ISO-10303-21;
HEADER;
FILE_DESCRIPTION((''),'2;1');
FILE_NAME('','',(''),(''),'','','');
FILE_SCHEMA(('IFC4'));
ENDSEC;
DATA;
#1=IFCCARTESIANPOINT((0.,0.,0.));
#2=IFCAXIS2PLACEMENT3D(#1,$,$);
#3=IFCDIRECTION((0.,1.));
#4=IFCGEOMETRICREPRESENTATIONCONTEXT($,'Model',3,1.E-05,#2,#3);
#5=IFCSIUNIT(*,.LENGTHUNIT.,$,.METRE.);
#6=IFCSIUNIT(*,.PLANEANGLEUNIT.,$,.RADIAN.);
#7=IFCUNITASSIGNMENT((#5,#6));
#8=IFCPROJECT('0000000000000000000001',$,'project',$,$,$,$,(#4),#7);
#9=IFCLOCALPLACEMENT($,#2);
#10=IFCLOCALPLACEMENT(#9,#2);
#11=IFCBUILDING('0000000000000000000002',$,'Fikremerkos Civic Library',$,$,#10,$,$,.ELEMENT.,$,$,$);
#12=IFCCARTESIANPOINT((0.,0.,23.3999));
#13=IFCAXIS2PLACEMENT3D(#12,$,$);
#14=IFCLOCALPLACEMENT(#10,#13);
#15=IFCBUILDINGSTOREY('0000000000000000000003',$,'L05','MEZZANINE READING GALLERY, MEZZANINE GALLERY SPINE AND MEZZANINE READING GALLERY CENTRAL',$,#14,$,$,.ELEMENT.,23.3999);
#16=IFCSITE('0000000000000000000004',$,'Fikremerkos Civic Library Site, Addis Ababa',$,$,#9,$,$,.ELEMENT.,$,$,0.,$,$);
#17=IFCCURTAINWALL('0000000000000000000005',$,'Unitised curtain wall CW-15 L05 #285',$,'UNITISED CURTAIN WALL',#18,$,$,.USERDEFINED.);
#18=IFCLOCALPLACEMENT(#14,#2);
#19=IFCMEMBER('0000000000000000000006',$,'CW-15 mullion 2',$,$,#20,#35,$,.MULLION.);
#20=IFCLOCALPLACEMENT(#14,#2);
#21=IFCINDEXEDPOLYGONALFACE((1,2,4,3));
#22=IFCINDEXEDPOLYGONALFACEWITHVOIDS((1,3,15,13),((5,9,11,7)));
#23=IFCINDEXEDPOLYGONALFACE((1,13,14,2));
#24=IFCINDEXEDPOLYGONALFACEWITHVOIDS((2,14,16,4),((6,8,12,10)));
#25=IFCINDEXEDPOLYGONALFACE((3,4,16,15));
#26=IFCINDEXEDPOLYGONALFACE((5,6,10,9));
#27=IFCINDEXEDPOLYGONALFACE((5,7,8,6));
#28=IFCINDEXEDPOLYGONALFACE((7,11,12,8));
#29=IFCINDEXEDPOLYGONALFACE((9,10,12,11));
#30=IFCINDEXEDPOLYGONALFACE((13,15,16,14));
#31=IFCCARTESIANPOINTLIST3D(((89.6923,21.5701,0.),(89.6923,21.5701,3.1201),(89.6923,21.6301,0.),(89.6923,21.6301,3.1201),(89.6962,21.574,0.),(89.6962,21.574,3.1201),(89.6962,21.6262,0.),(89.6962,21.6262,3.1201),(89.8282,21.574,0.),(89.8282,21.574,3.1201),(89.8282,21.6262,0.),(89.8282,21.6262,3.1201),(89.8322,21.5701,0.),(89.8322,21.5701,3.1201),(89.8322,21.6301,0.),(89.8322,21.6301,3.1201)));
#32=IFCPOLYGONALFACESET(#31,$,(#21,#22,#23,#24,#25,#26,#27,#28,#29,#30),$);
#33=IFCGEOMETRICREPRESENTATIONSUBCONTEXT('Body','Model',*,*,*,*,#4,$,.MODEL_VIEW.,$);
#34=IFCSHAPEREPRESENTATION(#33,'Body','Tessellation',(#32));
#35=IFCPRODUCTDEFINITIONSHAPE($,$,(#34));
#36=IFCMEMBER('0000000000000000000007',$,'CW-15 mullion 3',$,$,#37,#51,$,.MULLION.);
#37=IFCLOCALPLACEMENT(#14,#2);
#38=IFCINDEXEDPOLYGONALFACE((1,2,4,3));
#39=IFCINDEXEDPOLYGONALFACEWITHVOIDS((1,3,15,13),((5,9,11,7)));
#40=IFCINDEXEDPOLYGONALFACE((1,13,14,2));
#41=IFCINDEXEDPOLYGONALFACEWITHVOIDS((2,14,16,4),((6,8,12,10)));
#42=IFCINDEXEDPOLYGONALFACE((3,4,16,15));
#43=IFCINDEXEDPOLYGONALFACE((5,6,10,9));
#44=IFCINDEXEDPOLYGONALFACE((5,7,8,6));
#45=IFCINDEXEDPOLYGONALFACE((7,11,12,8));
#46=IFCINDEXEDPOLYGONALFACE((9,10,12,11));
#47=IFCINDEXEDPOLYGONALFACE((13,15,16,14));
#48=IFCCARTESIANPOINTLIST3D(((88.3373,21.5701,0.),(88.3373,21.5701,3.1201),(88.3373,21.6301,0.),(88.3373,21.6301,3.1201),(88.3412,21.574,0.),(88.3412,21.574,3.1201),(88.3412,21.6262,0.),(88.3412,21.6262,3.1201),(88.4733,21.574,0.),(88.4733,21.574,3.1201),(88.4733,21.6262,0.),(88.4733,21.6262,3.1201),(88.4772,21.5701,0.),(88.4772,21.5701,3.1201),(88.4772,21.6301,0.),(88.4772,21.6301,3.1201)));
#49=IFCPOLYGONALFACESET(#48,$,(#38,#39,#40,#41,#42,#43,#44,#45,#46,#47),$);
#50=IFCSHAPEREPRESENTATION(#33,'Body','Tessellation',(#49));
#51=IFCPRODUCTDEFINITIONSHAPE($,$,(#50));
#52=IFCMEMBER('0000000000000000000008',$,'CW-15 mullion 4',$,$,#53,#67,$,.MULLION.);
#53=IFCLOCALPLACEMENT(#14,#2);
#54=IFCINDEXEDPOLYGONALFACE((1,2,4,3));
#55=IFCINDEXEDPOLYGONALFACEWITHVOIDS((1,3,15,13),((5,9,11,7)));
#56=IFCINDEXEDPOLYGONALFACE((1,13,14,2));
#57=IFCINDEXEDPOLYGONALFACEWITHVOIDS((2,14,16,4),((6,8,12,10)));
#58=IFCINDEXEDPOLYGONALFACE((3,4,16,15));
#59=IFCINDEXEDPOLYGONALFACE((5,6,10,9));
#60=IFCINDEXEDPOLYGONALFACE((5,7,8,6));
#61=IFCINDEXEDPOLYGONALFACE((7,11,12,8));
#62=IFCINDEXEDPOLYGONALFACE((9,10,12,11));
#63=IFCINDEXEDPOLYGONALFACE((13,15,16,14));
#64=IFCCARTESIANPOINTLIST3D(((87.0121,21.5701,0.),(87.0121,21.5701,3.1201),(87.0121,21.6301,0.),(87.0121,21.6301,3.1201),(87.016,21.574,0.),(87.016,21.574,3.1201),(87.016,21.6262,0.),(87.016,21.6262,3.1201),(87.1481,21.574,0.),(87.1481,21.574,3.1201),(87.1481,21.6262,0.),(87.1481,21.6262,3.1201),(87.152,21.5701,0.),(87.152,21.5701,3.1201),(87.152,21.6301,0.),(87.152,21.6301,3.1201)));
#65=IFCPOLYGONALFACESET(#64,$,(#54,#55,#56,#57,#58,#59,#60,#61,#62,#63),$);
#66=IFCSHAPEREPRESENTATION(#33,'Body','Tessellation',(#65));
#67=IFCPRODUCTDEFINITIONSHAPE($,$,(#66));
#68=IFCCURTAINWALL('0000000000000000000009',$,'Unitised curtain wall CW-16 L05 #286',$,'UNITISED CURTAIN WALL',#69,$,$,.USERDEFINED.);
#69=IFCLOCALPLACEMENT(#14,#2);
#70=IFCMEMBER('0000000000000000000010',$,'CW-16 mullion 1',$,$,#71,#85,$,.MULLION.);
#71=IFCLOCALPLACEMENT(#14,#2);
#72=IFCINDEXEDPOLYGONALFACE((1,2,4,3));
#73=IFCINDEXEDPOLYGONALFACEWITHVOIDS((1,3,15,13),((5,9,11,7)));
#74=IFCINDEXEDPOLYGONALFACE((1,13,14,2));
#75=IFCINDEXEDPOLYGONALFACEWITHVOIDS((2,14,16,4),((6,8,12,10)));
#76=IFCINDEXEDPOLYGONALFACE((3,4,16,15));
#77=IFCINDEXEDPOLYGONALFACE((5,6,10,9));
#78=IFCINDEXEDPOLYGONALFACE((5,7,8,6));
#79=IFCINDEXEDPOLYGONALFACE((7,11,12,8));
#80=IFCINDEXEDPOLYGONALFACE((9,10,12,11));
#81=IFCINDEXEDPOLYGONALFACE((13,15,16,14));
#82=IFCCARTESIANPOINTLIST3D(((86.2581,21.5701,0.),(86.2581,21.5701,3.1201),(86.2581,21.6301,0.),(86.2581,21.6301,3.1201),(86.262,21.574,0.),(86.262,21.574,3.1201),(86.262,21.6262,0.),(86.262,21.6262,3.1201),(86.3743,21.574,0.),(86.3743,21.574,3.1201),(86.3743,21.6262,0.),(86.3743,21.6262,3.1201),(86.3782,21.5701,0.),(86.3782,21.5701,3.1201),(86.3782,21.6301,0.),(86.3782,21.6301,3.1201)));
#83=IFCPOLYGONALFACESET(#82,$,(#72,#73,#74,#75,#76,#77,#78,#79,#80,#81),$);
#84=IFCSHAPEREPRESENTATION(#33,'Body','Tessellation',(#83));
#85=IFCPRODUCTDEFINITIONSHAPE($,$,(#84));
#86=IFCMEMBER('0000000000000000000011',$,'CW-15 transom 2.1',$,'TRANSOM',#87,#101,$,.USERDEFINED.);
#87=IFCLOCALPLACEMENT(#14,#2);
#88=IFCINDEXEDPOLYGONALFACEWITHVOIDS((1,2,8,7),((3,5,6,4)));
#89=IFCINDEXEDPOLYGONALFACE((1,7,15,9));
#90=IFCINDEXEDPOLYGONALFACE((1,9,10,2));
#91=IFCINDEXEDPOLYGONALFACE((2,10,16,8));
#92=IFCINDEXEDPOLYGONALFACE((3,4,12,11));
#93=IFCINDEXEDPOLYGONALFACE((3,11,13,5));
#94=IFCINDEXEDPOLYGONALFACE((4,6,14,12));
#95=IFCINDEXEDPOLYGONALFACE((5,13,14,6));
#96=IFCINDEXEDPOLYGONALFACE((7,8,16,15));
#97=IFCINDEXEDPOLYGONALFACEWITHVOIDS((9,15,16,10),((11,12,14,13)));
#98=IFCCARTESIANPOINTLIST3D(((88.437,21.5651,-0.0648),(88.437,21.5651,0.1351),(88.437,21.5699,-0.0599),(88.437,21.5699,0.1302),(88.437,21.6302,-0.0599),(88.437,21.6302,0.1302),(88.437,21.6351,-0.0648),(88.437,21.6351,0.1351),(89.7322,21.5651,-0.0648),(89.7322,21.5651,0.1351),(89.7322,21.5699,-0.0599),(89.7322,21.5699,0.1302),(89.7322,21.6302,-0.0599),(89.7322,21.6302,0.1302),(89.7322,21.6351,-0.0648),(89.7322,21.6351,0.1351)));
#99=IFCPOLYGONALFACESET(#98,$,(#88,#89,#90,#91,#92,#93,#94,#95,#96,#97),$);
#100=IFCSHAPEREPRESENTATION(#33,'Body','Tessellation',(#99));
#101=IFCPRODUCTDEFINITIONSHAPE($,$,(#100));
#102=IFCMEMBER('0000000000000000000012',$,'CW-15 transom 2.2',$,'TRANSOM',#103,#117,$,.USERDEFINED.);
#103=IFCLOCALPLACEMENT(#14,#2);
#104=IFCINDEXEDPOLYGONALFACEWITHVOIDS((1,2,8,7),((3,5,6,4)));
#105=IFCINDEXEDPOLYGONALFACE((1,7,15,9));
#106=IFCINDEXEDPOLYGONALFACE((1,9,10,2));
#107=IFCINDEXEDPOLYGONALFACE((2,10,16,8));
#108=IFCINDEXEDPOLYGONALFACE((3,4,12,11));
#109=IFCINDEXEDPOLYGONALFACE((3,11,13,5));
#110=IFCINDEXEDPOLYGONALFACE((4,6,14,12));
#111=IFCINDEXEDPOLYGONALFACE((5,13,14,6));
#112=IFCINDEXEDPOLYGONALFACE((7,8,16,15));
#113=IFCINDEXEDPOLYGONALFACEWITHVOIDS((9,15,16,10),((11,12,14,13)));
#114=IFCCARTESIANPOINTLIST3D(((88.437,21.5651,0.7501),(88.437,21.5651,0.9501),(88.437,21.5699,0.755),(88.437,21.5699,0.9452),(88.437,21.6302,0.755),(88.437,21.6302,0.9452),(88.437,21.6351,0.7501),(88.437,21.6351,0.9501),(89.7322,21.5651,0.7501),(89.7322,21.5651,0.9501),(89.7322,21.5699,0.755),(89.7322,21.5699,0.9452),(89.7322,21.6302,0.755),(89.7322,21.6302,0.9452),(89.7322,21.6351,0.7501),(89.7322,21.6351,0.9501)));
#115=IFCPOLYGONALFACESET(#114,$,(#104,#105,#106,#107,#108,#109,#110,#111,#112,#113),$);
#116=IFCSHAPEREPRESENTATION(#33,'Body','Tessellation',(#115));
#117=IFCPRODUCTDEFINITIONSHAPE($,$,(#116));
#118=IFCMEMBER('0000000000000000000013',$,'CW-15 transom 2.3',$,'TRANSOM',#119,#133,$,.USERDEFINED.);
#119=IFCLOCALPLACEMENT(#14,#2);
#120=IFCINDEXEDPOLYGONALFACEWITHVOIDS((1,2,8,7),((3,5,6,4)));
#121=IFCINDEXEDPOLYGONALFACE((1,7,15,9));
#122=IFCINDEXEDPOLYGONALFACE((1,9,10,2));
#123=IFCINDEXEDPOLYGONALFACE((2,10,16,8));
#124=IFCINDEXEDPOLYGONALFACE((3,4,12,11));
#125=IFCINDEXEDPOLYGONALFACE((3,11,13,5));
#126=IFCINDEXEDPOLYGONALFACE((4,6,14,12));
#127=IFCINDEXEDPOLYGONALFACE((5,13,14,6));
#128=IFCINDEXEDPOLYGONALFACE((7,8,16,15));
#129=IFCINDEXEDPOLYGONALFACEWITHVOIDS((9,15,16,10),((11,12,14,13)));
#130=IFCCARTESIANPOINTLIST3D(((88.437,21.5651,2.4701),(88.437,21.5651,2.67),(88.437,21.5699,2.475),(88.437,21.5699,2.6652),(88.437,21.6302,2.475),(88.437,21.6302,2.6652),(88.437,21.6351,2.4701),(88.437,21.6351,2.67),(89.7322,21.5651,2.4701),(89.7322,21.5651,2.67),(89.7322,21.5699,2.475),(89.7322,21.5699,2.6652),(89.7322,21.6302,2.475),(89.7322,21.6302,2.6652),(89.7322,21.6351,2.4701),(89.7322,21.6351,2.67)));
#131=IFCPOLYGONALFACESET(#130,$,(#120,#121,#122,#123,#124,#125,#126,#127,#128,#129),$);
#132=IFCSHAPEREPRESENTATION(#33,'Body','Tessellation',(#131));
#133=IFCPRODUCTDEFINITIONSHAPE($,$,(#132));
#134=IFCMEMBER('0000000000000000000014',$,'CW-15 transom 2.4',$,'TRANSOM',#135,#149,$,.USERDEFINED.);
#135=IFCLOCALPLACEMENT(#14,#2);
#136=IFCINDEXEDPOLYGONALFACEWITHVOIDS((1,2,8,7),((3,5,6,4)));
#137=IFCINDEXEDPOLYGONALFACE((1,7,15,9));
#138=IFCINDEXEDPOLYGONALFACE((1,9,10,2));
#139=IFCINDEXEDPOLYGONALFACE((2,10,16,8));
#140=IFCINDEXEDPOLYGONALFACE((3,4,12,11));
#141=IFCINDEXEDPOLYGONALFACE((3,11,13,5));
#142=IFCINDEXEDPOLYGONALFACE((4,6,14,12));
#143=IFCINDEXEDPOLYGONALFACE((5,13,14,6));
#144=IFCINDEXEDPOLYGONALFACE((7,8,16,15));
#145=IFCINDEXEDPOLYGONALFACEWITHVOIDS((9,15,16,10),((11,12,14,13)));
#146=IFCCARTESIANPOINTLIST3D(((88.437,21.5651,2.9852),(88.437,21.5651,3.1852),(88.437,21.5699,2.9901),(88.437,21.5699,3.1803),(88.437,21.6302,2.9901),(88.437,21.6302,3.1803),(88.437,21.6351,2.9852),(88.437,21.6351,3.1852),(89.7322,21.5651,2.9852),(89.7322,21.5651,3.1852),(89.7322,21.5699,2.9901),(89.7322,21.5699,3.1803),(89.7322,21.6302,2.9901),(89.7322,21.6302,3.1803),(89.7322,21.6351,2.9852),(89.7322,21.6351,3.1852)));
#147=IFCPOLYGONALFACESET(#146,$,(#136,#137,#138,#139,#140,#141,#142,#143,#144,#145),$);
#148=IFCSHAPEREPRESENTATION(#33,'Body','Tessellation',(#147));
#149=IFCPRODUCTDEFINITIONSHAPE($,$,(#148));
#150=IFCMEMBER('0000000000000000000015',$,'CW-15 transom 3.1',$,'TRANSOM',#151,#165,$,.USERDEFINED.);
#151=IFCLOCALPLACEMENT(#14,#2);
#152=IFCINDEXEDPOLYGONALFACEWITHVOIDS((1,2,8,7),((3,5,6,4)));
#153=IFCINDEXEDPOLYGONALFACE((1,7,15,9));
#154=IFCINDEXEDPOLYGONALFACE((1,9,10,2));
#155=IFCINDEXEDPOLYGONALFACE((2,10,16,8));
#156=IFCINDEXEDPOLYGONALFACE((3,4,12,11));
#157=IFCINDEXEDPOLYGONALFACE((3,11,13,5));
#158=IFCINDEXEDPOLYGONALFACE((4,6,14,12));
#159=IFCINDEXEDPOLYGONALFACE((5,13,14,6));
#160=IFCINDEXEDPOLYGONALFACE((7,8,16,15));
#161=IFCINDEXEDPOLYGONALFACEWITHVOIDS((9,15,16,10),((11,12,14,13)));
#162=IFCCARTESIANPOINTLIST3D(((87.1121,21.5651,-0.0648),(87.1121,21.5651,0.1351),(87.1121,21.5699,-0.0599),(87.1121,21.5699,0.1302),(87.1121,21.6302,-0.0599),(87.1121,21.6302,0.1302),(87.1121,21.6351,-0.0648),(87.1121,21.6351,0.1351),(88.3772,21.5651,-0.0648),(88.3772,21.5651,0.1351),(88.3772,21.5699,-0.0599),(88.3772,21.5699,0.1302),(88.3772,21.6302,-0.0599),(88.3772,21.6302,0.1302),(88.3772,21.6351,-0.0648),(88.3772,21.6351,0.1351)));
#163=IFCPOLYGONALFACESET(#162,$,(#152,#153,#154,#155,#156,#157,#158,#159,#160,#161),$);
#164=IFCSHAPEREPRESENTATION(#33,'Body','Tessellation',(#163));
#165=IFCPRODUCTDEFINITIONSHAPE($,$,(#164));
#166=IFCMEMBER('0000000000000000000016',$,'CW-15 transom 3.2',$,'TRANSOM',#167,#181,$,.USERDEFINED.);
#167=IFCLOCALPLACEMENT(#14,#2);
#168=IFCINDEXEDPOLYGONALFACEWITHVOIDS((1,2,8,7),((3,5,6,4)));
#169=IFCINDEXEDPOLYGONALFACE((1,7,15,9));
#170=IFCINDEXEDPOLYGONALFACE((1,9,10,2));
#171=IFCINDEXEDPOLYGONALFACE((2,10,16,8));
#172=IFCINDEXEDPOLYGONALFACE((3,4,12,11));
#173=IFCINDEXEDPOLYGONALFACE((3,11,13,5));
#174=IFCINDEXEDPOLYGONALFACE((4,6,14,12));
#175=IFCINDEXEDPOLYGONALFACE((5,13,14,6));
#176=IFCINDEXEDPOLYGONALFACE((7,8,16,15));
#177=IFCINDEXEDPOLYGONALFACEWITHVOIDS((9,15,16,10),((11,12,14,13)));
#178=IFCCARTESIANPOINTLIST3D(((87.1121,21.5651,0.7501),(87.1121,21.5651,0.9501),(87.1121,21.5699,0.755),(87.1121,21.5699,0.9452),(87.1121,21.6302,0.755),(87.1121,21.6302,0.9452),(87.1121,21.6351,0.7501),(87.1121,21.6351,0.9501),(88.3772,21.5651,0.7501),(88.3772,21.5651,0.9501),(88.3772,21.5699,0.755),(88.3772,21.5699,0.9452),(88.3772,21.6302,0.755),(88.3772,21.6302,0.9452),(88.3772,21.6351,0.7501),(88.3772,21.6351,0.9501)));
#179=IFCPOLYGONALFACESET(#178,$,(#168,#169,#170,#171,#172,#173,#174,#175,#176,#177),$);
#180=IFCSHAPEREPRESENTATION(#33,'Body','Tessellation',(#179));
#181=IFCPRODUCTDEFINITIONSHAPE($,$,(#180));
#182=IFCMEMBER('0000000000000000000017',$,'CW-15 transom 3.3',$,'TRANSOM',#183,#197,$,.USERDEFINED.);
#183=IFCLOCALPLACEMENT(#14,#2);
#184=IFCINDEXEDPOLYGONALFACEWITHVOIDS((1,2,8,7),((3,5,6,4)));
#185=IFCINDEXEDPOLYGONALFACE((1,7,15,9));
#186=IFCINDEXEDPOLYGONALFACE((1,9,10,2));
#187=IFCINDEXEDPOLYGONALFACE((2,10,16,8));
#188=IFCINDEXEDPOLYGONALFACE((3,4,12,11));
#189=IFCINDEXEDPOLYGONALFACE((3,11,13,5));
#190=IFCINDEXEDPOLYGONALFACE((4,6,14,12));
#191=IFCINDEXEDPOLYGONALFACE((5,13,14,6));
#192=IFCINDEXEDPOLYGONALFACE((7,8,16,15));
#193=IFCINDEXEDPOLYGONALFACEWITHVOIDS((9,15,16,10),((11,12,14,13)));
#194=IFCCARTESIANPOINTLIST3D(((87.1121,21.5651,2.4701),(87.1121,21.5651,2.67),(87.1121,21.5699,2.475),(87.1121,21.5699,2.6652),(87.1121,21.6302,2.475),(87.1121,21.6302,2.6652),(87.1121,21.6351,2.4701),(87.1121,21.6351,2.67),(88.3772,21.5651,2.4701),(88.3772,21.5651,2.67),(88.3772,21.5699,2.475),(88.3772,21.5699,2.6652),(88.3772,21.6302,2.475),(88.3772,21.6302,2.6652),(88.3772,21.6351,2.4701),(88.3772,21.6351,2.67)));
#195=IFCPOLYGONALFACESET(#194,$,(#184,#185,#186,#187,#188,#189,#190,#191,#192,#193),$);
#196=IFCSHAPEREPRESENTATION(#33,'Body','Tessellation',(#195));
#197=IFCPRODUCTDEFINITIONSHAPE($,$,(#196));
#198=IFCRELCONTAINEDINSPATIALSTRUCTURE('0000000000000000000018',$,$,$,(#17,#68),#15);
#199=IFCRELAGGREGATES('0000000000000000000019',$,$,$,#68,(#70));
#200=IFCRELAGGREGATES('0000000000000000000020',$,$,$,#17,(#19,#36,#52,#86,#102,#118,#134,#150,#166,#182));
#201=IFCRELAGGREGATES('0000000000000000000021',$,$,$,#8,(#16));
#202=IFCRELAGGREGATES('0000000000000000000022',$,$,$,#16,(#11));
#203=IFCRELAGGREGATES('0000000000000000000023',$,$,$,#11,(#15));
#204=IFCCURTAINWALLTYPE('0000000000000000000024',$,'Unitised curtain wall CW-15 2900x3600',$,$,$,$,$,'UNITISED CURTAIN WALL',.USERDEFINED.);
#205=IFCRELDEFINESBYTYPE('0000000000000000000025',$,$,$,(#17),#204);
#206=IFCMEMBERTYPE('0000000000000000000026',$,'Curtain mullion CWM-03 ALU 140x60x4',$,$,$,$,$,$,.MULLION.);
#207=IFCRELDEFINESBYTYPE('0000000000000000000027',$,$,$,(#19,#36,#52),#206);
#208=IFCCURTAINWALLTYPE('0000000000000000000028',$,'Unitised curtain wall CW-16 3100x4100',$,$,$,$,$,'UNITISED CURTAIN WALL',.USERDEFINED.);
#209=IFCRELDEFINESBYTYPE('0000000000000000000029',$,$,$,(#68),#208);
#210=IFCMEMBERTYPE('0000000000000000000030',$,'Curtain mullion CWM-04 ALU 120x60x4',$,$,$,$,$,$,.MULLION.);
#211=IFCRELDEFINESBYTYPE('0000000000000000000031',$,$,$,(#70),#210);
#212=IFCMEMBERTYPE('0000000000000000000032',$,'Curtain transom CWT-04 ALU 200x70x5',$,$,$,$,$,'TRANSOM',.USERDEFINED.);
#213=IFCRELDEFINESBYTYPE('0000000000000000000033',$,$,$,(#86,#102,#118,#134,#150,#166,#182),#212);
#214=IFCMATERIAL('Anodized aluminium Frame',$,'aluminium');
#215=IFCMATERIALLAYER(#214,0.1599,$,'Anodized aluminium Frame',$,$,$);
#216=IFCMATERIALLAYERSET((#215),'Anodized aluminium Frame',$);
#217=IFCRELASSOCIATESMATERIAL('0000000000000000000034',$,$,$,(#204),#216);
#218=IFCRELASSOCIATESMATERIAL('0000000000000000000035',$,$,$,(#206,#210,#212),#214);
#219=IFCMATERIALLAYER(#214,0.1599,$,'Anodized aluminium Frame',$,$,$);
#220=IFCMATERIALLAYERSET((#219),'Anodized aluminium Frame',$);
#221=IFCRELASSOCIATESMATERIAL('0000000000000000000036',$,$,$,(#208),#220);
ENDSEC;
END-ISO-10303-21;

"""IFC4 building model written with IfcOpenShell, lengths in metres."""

from ifc_helpers import new_model, si_unit, direction, frame, origin, origin_2d, place, context, subcontext, project, spatial, hollow_rectangle, extrude, material, layer, layer_set, material_profile, profile_set, type_object, element, aggregate, save


model = new_model("IFC4")

# Units and contexts
model_context = context("Model", 3, precision=1e-05, world=origin(), true_north=direction((0.0, 1.0)))
body_context = subcontext(model_context, "Body", "Model", "MODEL_VIEW")
ifc_project = project(units=[si_unit("LENGTHUNIT", "METRE"), si_unit("PLANEANGLEUNIT", "RADIAN")], contexts=[model_context])

# Site, building, storey
site_placement = place(None, origin())
site = spatial("IfcSite", under=ifc_project, at=site_placement, Name="Fikremerkos Civic Library Site, Addis Ababa", CompositionType="ELEMENT", RefElevation=0.0)
building_placement = place(site_placement, origin())
building = spatial("IfcBuilding", under=site, at=building_placement, Name="Fikremerkos Civic Library", CompositionType="ELEMENT")
storey_placement = place(building_placement, frame((0.0, 0.0, 23.3999)))
storey = spatial("IfcBuildingStorey", under=building, at=storey_placement, Name="L05", Description="MEZZANINE READING GALLERY, MEZZANINE GALLERY SPINE AND MEZZANINE READING GALLERY CENTRAL", CompositionType="ELEMENT", Elevation=23.3999)

# Curtain wall, members
ifc_material_1 = material(Name="Anodized aluminium Frame", Category="aluminium")
ifc_layer_1 = layer(ifc_material_1, 0.1599, Name="Anodized aluminium Frame")
ifc_layer_set_1 = layer_set([ifc_layer_1], Name="Anodized aluminium Frame")
curtain_wall_type_1 = type_object("IfcCurtainWallType", Name="Unitised curtain wall CW-15 2900x3600", ElementType="UNITISED CURTAIN WALL", PredefinedType="USERDEFINED", material=ifc_layer_set_1)
curtain_wall_1_placement = place(storey_placement, origin())
curtain_wall_1 = element("IfcCurtainWall", 1, at=curtain_wall_1_placement, inside=storey, type_object=curtain_wall_type_1, Name="Unitised curtain wall CW-15 L05 #285", ObjectType="UNITISED CURTAIN WALL", PredefinedType="USERDEFINED")
ifc_material_profile_1 = material_profile(ifc_material_1, hollow_rectangle(XDim=0.0601, YDim=0.1399, WallThickness=0.0039, at=origin_2d()), Name="ALU 140x60x4")
ifc_profile_set_1 = profile_set([ifc_material_profile_1], Name="Anodized aluminium Frame")
member_type_1 = type_object("IfcMemberType", Name="Curtain mullion CWM-03 ALU 140x60x4", PredefinedType="MULLION", material=ifc_profile_set_1)
member_1_placement = place(storey_placement, frame((89.7622, 21.6001, 0.0), z_axis=(0.0, 0.0, 1.0), x_axis=(0.0, -1.0, 0.0)))
member_1 = element("IfcMember", 2, at=member_1_placement, type_object=member_type_1, Name="CW-15 mullion 2", PredefinedType="MULLION", context=body_context, shape_type="SweptSolid", body=[
    extrude(hollow_rectangle(XDim=0.0601, YDim=0.1399, WallThickness=0.0039, at=origin_2d()), origin(), (0.0, 0.0, 1.0), 3.1201),
])
member_2_placement = place(storey_placement, frame((88.4072, 21.6001, 0.0), z_axis=(0.0, 0.0, 1.0), x_axis=(0.0, -1.0, 0.0)))
member_2 = element("IfcMember", 3, at=member_2_placement, type_object=member_type_1, Name="CW-15 mullion 3", PredefinedType="MULLION", context=body_context, shape_type="SweptSolid", body=[
    extrude(hollow_rectangle(XDim=0.0601, YDim=0.1399, WallThickness=0.0039, at=origin_2d()), origin(), (0.0, 0.0, 1.0), 3.1201),
])
member_3_placement = place(storey_placement, frame((87.082, 21.6001, 0.0), z_axis=(0.0, 0.0, 1.0), x_axis=(0.0, -1.0, 0.0)))
member_3 = element("IfcMember", 4, at=member_3_placement, type_object=member_type_1, Name="CW-15 mullion 4", PredefinedType="MULLION", context=body_context, shape_type="SweptSolid", body=[
    extrude(hollow_rectangle(XDim=0.0601, YDim=0.1399, WallThickness=0.0039, at=origin_2d()), origin(), (0.0, 0.0, 1.0), 3.1201),
])

# Curtain wall, member
ifc_layer_2 = layer(ifc_material_1, 0.1599, Name="Anodized aluminium Frame")
ifc_layer_set_2 = layer_set([ifc_layer_2], Name="Anodized aluminium Frame")
curtain_wall_type_2 = type_object("IfcCurtainWallType", Name="Unitised curtain wall CW-16 3100x4100", ElementType="UNITISED CURTAIN WALL", PredefinedType="USERDEFINED", material=ifc_layer_set_2)
curtain_wall_2_placement = place(storey_placement, origin())
curtain_wall_2 = element("IfcCurtainWall", 5, at=curtain_wall_2_placement, inside=storey, type_object=curtain_wall_type_2, Name="Unitised curtain wall CW-16 L05 #286", ObjectType="UNITISED CURTAIN WALL", PredefinedType="USERDEFINED")
ifc_material_profile_2 = material_profile(ifc_material_1, hollow_rectangle(XDim=0.0601, YDim=0.1201, WallThickness=0.0039, at=origin_2d()), Name="ALU 120x60x4")
ifc_profile_set_2 = profile_set([ifc_material_profile_2], Name="Anodized aluminium Frame")
member_type_2 = type_object("IfcMemberType", Name="Curtain mullion CWM-04 ALU 120x60x4", PredefinedType="MULLION", material=ifc_profile_set_2)
member_4_placement = place(storey_placement, frame((86.3181, 21.6001, 0.0), z_axis=(0.0, 0.0, 1.0), x_axis=(0.0, -1.0, 0.0)))
member_4 = element("IfcMember", 6, at=member_4_placement, type_object=member_type_2, Name="CW-16 mullion 1", PredefinedType="MULLION", context=body_context, shape_type="SweptSolid", body=[
    extrude(hollow_rectangle(XDim=0.0601, YDim=0.1201, WallThickness=0.0039, at=origin_2d()), origin(), (0.0, 0.0, 1.0), 3.1201),
])

# Members
ifc_material_profile_3 = material_profile(ifc_material_1, hollow_rectangle(XDim=0.0701, YDim=0.2, WallThickness=0.0049, at=origin_2d()), Name="ALU 200x70x5")
ifc_profile_set_3 = profile_set([ifc_material_profile_3], Name="Anodized aluminium Frame")
member_type_3 = type_object("IfcMemberType", Name="Curtain transom CWT-04 ALU 200x70x5", ElementType="TRANSOM", PredefinedType="USERDEFINED", material=ifc_profile_set_3)
member_5_placement = place(storey_placement, frame((89.7322, 21.6001, 0.0352), z_axis=(-1.0, 0.0, 0.0), x_axis=(0.0, -1.0, 0.0)))
member_5 = element("IfcMember", 7, at=member_5_placement, type_object=member_type_3, Name="CW-15 transom 2.1", ObjectType="TRANSOM", PredefinedType="USERDEFINED", context=body_context, shape_type="SweptSolid", body=[
    extrude(hollow_rectangle(XDim=0.0701, YDim=0.2, WallThickness=0.0049, at=origin_2d()), origin(), (0.0, 0.0, 1.0), 1.2952),
])
member_6_placement = place(storey_placement, frame((89.7322, 21.6001, 0.8501), z_axis=(-1.0, 0.0, 0.0), x_axis=(0.0, -1.0, 0.0)))
member_6 = element("IfcMember", 8, at=member_6_placement, type_object=member_type_3, Name="CW-15 transom 2.2", ObjectType="TRANSOM", PredefinedType="USERDEFINED", context=body_context, shape_type="SweptSolid", body=[
    extrude(hollow_rectangle(XDim=0.0701, YDim=0.2, WallThickness=0.0049, at=origin_2d()), origin(), (0.0, 0.0, 1.0), 1.2952),
])
member_7_placement = place(storey_placement, frame((89.7322, 21.6001, 2.5701), z_axis=(-1.0, 0.0, 0.0), x_axis=(0.0, -1.0, 0.0)))
member_7 = element("IfcMember", 9, at=member_7_placement, type_object=member_type_3, Name="CW-15 transom 2.3", ObjectType="TRANSOM", PredefinedType="USERDEFINED", context=body_context, shape_type="SweptSolid", body=[
    extrude(hollow_rectangle(XDim=0.0701, YDim=0.2, WallThickness=0.0049, at=origin_2d()), origin(), (0.0, 0.0, 1.0), 1.2952),
])
member_8_placement = place(storey_placement, frame((89.7322, 21.6001, 3.0852), z_axis=(-1.0, 0.0, 0.0), x_axis=(0.0, -1.0, 0.0)))
member_8 = element("IfcMember", 10, at=member_8_placement, type_object=member_type_3, Name="CW-15 transom 2.4", ObjectType="TRANSOM", PredefinedType="USERDEFINED", context=body_context, shape_type="SweptSolid", body=[
    extrude(hollow_rectangle(XDim=0.0701, YDim=0.2, WallThickness=0.0049, at=origin_2d()), origin(), (0.0, 0.0, 1.0), 1.2952),
])
member_9_placement = place(storey_placement, frame((88.3772, 21.6001, 0.0352), z_axis=(-1.0, 0.0, 0.0), x_axis=(0.0, -1.0, 0.0)))
member_9 = element("IfcMember", 11, at=member_9_placement, type_object=member_type_3, Name="CW-15 transom 3.1", ObjectType="TRANSOM", PredefinedType="USERDEFINED", context=body_context, shape_type="SweptSolid", body=[
    extrude(hollow_rectangle(XDim=0.0701, YDim=0.2, WallThickness=0.0049, at=origin_2d()), origin(), (0.0, 0.0, 1.0), 1.2651),
])
member_10_placement = place(storey_placement, frame((88.3772, 21.6001, 0.8501), z_axis=(-1.0, 0.0, 0.0), x_axis=(0.0, -1.0, 0.0)))
member_10 = element("IfcMember", 12, at=member_10_placement, type_object=member_type_3, Name="CW-15 transom 3.2", ObjectType="TRANSOM", PredefinedType="USERDEFINED", context=body_context, shape_type="SweptSolid", body=[
    extrude(hollow_rectangle(XDim=0.0701, YDim=0.2, WallThickness=0.0049, at=origin_2d()), origin(), (0.0, 0.0, 1.0), 1.2651),
])
member_11_placement = place(storey_placement, frame((88.3772, 21.6001, 2.5701), z_axis=(-1.0, 0.0, 0.0), x_axis=(0.0, -1.0, 0.0)))
member_11 = element("IfcMember", 13, at=member_11_placement, type_object=member_type_3, Name="CW-15 transom 3.3", ObjectType="TRANSOM", PredefinedType="USERDEFINED", context=body_context, shape_type="SweptSolid", body=[
    extrude(hollow_rectangle(XDim=0.0701, YDim=0.2, WallThickness=0.0049, at=origin_2d()), origin(), (0.0, 0.0, 1.0), 1.2651),
])
aggregate(curtain_wall_2, [member_4])

aggregate(curtain_wall_1, [member_1, member_2, member_3, member_5, member_6, member_7, member_8, member_9, member_10, member_11])

save(model, "model.ifc")
